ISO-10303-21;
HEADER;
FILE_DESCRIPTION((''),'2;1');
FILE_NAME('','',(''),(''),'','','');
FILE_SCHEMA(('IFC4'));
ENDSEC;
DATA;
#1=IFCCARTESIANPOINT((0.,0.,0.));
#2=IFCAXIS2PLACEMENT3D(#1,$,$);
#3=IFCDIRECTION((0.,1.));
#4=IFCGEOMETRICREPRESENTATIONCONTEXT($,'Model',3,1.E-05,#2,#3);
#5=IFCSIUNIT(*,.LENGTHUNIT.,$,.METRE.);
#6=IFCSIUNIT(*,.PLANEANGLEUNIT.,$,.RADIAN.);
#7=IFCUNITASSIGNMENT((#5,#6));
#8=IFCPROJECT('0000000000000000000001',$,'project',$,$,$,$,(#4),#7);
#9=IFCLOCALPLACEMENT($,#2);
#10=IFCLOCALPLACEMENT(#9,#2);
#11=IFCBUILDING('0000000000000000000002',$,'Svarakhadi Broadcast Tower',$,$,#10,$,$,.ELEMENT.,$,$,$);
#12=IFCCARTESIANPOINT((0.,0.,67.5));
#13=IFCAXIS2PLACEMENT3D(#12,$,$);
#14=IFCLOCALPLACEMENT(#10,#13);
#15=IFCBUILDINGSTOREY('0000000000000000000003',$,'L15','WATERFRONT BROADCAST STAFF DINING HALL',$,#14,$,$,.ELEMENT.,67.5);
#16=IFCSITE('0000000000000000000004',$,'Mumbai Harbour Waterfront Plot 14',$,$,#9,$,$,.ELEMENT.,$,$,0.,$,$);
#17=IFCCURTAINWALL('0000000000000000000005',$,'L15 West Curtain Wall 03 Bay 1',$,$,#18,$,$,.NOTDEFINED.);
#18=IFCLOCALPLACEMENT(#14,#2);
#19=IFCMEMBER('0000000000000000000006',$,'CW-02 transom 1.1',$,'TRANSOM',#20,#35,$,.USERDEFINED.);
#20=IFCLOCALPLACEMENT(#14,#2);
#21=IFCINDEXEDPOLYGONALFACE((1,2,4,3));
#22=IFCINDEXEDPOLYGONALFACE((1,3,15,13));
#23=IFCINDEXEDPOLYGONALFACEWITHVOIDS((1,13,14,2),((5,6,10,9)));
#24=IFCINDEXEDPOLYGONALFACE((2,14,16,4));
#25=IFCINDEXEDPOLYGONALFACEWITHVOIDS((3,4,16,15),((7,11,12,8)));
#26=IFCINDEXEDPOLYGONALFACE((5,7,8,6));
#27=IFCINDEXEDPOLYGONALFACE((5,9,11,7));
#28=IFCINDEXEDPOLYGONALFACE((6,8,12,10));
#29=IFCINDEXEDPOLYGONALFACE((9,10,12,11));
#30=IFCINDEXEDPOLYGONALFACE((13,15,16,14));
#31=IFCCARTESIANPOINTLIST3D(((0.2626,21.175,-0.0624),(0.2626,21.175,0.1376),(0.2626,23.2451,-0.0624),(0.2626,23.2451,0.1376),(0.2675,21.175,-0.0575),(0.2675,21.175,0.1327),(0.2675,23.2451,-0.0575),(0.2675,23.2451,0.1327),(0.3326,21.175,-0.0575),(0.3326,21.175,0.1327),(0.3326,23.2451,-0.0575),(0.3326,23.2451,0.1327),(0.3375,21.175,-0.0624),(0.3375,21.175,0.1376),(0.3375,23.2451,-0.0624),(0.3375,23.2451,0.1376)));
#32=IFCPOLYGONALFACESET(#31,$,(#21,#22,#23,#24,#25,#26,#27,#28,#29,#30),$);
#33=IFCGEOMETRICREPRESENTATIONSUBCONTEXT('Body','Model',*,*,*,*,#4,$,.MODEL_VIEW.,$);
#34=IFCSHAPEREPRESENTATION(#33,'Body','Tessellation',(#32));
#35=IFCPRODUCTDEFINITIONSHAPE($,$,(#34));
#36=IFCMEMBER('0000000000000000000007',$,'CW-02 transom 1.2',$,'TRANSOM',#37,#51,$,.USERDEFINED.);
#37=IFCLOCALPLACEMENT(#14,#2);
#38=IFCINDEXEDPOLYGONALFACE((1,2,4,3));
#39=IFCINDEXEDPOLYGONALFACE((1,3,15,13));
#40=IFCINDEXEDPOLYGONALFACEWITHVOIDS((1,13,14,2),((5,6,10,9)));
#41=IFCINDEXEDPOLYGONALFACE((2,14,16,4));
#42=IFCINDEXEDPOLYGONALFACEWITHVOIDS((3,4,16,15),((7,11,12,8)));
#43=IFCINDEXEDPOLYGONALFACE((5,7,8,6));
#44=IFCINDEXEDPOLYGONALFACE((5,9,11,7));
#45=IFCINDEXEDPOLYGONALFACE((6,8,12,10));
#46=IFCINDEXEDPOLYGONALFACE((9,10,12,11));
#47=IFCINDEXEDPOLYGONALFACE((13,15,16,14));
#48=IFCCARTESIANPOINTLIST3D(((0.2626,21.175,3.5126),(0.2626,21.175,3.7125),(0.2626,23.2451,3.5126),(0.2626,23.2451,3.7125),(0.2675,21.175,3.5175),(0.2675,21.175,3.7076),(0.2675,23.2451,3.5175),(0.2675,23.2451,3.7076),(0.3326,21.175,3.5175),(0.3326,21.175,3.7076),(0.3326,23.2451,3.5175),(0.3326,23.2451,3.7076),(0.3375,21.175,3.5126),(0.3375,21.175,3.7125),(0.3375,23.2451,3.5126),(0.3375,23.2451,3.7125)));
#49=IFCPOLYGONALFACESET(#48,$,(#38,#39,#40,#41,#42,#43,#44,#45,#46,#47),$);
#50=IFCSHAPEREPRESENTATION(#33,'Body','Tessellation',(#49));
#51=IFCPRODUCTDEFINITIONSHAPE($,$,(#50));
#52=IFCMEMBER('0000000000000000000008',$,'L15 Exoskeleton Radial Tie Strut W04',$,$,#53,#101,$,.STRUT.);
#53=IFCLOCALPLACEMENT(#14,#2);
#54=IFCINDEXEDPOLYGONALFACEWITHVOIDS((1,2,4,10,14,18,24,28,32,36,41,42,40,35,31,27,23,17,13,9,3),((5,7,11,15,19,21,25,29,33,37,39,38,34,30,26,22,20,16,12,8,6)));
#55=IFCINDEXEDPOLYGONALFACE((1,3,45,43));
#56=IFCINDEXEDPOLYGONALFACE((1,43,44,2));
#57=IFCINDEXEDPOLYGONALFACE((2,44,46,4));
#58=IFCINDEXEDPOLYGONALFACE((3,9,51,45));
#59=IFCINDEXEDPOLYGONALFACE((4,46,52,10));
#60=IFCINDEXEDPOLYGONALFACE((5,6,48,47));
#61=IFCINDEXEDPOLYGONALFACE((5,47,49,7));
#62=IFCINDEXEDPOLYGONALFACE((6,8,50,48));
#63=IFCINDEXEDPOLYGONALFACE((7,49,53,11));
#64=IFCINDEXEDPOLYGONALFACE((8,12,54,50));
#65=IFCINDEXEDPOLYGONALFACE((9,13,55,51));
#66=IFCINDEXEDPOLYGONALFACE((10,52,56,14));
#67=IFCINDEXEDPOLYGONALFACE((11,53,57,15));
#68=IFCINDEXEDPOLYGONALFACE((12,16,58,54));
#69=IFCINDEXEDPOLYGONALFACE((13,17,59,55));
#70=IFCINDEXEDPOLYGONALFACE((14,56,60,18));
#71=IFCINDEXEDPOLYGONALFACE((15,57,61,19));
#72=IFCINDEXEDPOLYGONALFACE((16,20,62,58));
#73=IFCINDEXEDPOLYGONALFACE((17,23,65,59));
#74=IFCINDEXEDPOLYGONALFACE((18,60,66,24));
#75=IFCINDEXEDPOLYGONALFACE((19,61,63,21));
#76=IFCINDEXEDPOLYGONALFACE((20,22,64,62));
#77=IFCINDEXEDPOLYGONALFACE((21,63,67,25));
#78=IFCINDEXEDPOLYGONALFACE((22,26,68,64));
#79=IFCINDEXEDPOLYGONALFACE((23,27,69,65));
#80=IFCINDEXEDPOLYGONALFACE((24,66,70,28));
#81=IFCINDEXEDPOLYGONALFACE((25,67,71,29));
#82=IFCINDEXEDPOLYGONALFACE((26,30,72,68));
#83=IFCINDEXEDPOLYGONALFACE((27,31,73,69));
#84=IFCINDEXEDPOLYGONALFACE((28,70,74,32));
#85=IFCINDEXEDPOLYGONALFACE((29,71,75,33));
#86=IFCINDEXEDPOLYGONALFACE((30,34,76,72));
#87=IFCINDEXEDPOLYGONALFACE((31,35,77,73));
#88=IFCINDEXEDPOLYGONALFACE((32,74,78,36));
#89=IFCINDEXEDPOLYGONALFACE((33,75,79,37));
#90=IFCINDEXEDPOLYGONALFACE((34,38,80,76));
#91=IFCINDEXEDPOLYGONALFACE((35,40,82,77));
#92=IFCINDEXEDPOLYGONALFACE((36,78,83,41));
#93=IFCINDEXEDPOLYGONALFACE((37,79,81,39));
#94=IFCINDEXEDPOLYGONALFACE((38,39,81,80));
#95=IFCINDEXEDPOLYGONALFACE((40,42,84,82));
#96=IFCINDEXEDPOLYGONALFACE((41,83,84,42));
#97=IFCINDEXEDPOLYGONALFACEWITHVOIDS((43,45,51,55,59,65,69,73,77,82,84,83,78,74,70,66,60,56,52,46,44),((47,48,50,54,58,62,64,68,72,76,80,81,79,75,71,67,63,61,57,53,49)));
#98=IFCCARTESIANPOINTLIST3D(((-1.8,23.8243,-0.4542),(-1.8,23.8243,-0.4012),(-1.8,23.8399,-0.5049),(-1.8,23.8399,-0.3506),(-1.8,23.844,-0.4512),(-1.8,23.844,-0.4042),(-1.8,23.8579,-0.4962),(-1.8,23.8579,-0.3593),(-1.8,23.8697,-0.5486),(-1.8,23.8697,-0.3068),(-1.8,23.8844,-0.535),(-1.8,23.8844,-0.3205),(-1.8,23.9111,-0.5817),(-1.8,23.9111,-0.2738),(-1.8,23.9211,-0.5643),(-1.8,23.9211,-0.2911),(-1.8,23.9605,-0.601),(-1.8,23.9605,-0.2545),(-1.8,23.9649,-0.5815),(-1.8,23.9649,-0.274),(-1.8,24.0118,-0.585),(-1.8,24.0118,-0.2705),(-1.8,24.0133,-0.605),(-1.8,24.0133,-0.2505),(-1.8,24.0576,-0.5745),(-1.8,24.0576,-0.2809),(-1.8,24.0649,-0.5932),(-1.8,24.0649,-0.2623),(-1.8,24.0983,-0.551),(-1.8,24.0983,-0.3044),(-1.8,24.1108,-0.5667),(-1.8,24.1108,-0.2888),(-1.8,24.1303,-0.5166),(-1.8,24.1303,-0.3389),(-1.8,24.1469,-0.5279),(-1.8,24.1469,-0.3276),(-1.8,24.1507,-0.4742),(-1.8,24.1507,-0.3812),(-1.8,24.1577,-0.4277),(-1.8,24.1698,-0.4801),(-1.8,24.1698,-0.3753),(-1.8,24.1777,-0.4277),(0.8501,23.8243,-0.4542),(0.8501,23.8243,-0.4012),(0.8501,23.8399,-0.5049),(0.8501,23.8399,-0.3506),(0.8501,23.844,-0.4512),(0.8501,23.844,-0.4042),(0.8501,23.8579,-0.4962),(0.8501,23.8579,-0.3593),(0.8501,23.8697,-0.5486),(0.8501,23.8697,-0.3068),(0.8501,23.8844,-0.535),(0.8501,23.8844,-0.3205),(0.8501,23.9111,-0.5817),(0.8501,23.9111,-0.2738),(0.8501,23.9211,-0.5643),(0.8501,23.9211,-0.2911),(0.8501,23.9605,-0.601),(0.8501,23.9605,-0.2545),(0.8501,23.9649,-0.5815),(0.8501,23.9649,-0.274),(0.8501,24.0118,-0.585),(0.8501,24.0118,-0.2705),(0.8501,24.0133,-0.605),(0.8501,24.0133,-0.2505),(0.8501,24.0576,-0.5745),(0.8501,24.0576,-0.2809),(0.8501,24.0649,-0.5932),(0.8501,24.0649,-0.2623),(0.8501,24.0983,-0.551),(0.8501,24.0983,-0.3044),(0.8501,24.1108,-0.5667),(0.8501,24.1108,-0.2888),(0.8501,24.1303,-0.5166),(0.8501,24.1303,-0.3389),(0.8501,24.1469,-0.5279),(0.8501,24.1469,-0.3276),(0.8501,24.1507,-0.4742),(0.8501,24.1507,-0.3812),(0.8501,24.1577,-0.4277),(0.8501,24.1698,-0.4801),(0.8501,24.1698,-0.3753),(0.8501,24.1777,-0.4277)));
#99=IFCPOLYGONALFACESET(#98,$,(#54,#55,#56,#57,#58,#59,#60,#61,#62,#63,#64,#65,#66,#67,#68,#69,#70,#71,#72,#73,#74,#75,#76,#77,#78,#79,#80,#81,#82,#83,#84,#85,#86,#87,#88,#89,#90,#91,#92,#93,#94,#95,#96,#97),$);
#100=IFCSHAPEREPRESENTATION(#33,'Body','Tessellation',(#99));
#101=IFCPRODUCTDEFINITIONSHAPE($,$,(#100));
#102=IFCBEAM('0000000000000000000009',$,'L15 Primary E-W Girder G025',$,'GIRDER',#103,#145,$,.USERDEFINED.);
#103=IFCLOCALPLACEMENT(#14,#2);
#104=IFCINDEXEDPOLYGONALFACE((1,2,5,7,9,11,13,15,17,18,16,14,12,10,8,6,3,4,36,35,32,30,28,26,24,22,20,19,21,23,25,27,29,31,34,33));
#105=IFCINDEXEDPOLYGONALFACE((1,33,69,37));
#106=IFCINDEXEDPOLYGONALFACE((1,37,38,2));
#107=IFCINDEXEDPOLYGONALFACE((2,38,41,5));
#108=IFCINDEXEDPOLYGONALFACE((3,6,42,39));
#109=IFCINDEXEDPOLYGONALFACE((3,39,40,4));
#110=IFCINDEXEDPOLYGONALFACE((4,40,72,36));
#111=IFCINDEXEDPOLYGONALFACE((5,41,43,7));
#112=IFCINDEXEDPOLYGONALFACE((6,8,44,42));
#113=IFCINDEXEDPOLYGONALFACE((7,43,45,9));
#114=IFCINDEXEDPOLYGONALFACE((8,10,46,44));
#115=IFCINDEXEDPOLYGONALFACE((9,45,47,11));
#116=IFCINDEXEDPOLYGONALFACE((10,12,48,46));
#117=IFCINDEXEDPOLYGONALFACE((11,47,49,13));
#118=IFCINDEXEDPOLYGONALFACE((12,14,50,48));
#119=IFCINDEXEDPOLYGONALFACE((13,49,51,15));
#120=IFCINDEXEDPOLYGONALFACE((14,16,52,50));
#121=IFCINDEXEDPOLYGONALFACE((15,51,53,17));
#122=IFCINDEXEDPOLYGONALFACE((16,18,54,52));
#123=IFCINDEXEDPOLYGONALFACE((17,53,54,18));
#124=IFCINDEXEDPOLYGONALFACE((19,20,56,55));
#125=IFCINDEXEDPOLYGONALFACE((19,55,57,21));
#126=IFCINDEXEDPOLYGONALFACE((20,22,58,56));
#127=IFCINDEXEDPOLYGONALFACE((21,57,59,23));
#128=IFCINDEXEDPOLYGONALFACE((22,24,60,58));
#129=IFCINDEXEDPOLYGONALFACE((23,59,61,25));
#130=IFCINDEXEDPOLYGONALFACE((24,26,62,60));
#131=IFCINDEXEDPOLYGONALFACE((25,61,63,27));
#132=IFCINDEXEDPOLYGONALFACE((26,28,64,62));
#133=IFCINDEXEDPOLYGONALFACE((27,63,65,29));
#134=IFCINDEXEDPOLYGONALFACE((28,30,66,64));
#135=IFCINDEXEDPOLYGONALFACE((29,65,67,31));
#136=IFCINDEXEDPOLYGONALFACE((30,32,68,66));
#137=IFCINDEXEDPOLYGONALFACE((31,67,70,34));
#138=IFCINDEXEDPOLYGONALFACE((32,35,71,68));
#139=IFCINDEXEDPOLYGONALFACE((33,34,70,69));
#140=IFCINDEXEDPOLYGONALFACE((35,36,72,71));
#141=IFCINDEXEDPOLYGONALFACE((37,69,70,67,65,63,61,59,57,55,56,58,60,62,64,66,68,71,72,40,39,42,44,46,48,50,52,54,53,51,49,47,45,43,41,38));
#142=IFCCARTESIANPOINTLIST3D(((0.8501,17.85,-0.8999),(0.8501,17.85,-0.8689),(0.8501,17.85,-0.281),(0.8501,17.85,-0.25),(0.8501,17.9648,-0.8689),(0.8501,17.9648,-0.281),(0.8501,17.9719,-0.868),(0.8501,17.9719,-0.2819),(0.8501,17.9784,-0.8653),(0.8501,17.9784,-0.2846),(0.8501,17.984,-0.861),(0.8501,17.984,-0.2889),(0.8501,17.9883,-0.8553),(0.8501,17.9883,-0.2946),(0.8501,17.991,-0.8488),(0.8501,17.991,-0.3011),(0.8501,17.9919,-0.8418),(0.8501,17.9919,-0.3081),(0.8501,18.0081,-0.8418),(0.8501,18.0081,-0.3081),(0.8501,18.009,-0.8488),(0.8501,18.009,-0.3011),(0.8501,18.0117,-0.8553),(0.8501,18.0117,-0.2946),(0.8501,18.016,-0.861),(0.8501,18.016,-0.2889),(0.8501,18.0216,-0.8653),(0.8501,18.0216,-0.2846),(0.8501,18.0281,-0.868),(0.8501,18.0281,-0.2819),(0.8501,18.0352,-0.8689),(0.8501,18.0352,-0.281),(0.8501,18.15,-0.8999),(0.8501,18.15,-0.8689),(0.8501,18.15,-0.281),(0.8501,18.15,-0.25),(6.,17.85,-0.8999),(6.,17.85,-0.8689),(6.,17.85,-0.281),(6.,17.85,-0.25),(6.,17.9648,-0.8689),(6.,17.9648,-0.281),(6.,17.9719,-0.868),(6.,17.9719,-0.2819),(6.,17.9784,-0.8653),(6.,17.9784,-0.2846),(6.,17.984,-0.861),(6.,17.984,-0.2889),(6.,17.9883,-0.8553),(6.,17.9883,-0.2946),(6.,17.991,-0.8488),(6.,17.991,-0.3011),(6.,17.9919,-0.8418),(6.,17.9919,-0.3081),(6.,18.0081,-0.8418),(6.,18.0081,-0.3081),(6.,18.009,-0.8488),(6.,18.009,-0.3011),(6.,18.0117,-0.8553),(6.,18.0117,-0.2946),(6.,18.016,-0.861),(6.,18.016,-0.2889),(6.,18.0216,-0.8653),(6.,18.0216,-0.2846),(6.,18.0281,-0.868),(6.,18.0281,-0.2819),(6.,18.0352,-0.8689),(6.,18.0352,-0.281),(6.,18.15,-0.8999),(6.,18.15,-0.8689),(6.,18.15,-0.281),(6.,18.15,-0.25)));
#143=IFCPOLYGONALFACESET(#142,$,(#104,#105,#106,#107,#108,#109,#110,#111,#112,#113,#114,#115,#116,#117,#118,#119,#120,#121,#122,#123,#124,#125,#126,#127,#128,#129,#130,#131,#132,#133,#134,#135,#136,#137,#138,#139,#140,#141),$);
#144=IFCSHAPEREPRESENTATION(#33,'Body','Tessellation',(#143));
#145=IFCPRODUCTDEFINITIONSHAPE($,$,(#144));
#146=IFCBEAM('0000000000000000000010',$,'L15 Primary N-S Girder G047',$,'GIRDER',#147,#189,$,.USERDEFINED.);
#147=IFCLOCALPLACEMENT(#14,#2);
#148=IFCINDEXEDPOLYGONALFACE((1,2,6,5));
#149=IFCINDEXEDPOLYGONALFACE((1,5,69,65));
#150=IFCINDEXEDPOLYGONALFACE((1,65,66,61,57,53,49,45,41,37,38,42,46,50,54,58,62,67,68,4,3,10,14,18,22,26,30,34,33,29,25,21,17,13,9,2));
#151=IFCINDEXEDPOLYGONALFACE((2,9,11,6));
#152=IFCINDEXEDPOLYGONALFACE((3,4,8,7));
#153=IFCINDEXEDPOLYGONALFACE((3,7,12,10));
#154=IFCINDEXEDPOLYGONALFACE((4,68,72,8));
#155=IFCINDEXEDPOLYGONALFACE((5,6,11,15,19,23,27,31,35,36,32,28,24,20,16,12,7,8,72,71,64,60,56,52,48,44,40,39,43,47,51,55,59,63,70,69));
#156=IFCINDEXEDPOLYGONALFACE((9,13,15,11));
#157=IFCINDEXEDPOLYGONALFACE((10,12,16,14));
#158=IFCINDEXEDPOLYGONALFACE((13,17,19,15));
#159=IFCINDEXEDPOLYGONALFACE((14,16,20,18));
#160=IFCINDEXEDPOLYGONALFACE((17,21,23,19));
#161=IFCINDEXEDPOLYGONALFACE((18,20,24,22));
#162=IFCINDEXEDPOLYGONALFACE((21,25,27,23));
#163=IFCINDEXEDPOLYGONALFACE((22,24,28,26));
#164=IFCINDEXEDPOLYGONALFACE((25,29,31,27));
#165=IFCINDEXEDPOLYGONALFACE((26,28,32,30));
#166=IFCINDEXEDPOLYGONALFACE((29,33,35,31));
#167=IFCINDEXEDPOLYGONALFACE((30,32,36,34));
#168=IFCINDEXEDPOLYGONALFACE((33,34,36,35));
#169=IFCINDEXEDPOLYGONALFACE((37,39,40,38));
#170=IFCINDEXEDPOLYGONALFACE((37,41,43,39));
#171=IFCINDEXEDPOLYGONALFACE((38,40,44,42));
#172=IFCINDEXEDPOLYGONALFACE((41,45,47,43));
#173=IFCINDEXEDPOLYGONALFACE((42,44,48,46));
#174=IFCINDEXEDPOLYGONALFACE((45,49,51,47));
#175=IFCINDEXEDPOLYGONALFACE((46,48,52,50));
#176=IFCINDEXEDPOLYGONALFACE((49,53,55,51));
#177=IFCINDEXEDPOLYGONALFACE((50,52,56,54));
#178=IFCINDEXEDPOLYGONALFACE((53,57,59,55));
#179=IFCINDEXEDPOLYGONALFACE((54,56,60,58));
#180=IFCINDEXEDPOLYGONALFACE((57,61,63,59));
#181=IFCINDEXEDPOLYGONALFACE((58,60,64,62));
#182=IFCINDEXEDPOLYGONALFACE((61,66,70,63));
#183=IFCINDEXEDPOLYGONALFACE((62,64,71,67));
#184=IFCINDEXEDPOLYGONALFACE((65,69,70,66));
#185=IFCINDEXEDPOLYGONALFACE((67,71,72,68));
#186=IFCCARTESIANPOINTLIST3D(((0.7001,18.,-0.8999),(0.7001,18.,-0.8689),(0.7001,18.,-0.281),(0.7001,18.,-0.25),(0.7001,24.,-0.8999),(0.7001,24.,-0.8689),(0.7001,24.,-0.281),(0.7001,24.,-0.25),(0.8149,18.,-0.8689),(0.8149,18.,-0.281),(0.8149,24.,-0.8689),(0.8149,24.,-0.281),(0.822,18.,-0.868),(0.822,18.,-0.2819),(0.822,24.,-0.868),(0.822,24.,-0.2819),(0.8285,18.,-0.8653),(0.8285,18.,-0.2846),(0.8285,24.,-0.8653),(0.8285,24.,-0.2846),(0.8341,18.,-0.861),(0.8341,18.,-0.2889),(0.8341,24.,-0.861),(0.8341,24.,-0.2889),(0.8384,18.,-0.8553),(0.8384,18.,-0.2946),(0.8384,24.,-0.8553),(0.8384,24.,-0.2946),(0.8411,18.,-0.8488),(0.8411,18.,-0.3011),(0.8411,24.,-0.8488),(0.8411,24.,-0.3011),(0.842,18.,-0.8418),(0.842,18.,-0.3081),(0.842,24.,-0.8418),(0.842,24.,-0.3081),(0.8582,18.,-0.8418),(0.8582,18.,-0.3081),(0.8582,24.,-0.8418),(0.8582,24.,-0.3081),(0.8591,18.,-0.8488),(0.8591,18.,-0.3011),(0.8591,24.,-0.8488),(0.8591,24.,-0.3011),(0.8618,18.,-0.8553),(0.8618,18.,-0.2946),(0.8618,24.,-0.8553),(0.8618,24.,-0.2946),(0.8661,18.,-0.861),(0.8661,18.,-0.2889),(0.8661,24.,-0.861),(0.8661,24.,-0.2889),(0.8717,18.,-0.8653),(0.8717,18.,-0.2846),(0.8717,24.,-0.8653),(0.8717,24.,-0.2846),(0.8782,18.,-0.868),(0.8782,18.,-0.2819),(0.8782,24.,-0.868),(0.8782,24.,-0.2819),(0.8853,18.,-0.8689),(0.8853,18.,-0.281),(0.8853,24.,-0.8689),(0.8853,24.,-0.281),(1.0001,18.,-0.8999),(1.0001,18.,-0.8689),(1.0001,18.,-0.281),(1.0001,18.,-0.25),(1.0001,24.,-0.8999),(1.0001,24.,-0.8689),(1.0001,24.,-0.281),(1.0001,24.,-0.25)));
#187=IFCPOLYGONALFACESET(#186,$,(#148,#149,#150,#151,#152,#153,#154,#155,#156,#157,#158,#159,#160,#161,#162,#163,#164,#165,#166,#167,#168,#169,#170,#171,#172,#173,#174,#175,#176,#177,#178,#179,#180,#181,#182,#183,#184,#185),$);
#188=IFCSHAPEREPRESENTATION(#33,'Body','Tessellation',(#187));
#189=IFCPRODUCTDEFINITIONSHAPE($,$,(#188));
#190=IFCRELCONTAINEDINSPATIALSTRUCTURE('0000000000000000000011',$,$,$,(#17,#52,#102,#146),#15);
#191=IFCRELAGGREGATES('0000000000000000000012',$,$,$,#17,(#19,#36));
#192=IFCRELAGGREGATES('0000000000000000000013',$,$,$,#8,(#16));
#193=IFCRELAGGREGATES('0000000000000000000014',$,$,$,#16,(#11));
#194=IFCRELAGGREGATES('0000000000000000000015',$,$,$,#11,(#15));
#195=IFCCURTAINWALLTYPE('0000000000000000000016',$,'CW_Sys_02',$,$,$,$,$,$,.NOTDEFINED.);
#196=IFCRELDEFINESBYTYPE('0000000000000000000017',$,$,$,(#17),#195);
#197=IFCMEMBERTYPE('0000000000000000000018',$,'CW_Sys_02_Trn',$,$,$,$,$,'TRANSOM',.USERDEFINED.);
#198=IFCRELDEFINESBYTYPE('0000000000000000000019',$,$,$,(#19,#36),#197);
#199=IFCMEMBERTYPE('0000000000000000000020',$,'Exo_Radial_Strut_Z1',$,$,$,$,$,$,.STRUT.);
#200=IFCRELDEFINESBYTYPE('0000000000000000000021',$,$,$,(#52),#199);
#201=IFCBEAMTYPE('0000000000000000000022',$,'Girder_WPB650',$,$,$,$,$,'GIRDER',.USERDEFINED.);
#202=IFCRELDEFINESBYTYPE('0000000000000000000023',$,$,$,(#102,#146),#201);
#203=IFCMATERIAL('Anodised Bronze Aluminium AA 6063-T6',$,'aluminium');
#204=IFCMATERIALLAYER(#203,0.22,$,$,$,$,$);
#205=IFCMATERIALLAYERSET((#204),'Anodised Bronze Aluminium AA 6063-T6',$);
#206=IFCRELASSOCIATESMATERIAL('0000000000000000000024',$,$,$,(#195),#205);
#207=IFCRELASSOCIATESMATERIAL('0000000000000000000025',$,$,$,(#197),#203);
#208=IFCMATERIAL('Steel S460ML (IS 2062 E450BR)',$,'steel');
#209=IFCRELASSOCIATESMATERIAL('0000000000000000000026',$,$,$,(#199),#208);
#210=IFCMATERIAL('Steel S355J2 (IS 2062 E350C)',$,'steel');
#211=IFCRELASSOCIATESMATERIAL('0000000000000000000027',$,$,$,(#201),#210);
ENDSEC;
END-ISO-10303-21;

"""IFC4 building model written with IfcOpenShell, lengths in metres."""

from ifc_helpers import new_model, si_unit, direction, frame, origin, origin_2d, place, context, subcontext, project, spatial, hollow_rectangle, hollow_circle, i_section, extrude, material, layer, layer_set, material_profile, profile_set, type_object, element, aggregate, save


model = new_model("IFC4")

# Units and contexts
model_context = context("Model", 3, precision=1e-05, world=origin(), true_north=direction((0.0, 1.0)))
body_context = subcontext(model_context, "Body", "Model", "MODEL_VIEW")
ifc_project = project(units=[si_unit("LENGTHUNIT", "METRE"), si_unit("PLANEANGLEUNIT", "RADIAN")], contexts=[model_context])

# Site, building, storey
site_placement = place(None, origin())
site = spatial("IfcSite", under=ifc_project, at=site_placement, Name="Mumbai Harbour Waterfront Plot 14", CompositionType="ELEMENT", RefElevation=0.0)
building_placement = place(site_placement, origin())
building = spatial("IfcBuilding", under=site, at=building_placement, Name="Svarakhadi Broadcast Tower", CompositionType="ELEMENT")
storey_placement = place(building_placement, frame((0.0, 0.0, 67.5)))
storey = spatial("IfcBuildingStorey", under=building, at=storey_placement, Name="L15", Description="WATERFRONT BROADCAST STAFF DINING HALL", CompositionType="ELEMENT", Elevation=67.5)

# Shared definitions
ifc_material_1 = material(Name="Steel S460ML (IS 2062 E450BR)", Category="steel")

# Shared definitions
ifc_material_2 = material(Name="Steel S355J2 (IS 2062 E350C)", Category="steel")

# Curtain wall, members
ifc_material_3 = material(Name="Anodised Bronze Aluminium AA 6063-T6", Category="aluminium")
ifc_layer_1 = layer(ifc_material_3, 0.22)
ifc_layer_set_1 = layer_set([ifc_layer_1], Name="Anodised Bronze Aluminium AA 6063-T6")
curtain_wall_type = type_object("IfcCurtainWallType", Name="CW_Sys_02", PredefinedType="NOTDEFINED", material=ifc_layer_set_1)
curtain_wall_placement = place(storey_placement, origin())
curtain_wall = element("IfcCurtainWall", 1, at=curtain_wall_placement, inside=storey, type_object=curtain_wall_type, Name="L15 West Curtain Wall 03 Bay 1", PredefinedType="NOTDEFINED")
ifc_material_profile_1 = material_profile(ifc_material_3, hollow_rectangle(XDim=0.075, YDim=0.2, WallThickness=0.0049, at=origin_2d()), Name="ALU TRANSOM 200x75x5")
ifc_profile_set_1 = profile_set([ifc_material_profile_1], Name="Anodised Bronze Aluminium AA 6063-T6")
member_type_1 = type_object("IfcMemberType", Name="CW_Sys_02_Trn", ElementType="TRANSOM", PredefinedType="USERDEFINED", material=ifc_profile_set_1)
member_1_placement = place(storey_placement, frame((0.3, 21.175, 0.0376), z_axis=(0.0, 1.0, 0.0), x_axis=(-1.0, 0.0, 0.0)))
member_1 = element("IfcMember", 2, at=member_1_placement, type_object=member_type_1, Name="CW-02 transom 1.1", ObjectType="TRANSOM", PredefinedType="USERDEFINED", context=body_context, shape_type="SweptSolid", body=[
    extrude(hollow_rectangle(XDim=0.075, YDim=0.2, WallThickness=0.0049, at=origin_2d()), origin(), (0.0, 0.0, 1.0), 2.0701),
])
member_2_placement = place(storey_placement, frame((0.3, 21.175, 3.6125), z_axis=(0.0, 1.0, 0.0), x_axis=(-1.0, 0.0, 0.0)))
member_2 = element("IfcMember", 3, at=member_2_placement, type_object=member_type_1, Name="CW-02 transom 1.2", ObjectType="TRANSOM", PredefinedType="USERDEFINED", context=body_context, shape_type="SweptSolid", body=[
    extrude(hollow_rectangle(XDim=0.075, YDim=0.2, WallThickness=0.0049, at=origin_2d()), origin(), (0.0, 0.0, 1.0), 2.0701),
])

# Member
ifc_material_profile_2 = material_profile(ifc_material_1, hollow_circle(Radius=0.1777, WallThickness=0.02, at=origin_2d()), Name="CHS 355.6x20")
ifc_profile_set_2 = profile_set([ifc_material_profile_2], Name="Steel S460ML (IS 2062 E450BR)")
member_type_2 = type_object("IfcMemberType", Name="Exo_Radial_Strut_Z1", PredefinedType="STRUT", material=ifc_profile_set_2)
member_3_placement = place(storey_placement, frame((-1.8, 24.0, -0.4277), z_axis=(1.0, 0.0, 0.0), x_axis=(0.0, 1.0, 0.0)))
element("IfcMember", 4, at=member_3_placement, inside=storey, type_object=member_type_2, Name="L15 Exoskeleton Radial Tie Strut W04", PredefinedType="STRUT", context=body_context, shape_type="SweptSolid", body=[
    extrude(hollow_circle(Radius=0.1777, WallThickness=0.02, at=origin_2d()), origin(), (0.0, 0.0, 1.0), 2.6501),
])

# Beams
ifc_material_profile_3 = material_profile(ifc_material_2, i_section(OverallWidth=0.3, OverallDepth=0.6499, WebThickness=0.0161, FlangeThickness=0.031, FilletRadius=0.0271, at=origin_2d()), Name="WPB 650x300x225")
ifc_profile_set_3 = profile_set([ifc_material_profile_3], Name="Steel S355J2 (IS 2062 E350C)")
beam_type_1 = type_object("IfcBeamType", Name="Girder_WPB650", ElementType="GIRDER", PredefinedType="USERDEFINED", material=ifc_profile_set_3)
beam_1_placement = place(storey_placement, frame((0.8501, 18.0, -0.575), z_axis=(1.0, 0.0, 0.0), x_axis=(0.0, 1.0, 0.0)))
element("IfcBeam", 5, at=beam_1_placement, inside=storey, type_object=beam_type_1, Name="L15 Primary E-W Girder G025", ObjectType="GIRDER", PredefinedType="USERDEFINED", context=body_context, shape_type="SweptSolid", body=[
    extrude(i_section(OverallWidth=0.3, OverallDepth=0.6499, WebThickness=0.0161, FlangeThickness=0.031, FilletRadius=0.0271, at=origin_2d()), origin(), (0.0, 0.0, 1.0), 5.1499),
])
beam_2_placement = place(storey_placement, frame((0.8501, 18.0, -0.575), z_axis=(0.0, 1.0, 0.0), x_axis=(-1.0, 0.0, 0.0)))
element("IfcBeam", 6, at=beam_2_placement, inside=storey, type_object=beam_type_1, Name="L15 Primary N-S Girder G047", ObjectType="GIRDER", PredefinedType="USERDEFINED", context=body_context, shape_type="SweptSolid", body=[
    extrude(i_section(OverallWidth=0.3, OverallDepth=0.6499, WebThickness=0.0161, FlangeThickness=0.031, FilletRadius=0.0271, at=origin_2d()), origin(), (0.0, 0.0, 1.0), 6.0),
])

aggregate(curtain_wall, [member_1, member_2])

save(model, "model.ifc")
